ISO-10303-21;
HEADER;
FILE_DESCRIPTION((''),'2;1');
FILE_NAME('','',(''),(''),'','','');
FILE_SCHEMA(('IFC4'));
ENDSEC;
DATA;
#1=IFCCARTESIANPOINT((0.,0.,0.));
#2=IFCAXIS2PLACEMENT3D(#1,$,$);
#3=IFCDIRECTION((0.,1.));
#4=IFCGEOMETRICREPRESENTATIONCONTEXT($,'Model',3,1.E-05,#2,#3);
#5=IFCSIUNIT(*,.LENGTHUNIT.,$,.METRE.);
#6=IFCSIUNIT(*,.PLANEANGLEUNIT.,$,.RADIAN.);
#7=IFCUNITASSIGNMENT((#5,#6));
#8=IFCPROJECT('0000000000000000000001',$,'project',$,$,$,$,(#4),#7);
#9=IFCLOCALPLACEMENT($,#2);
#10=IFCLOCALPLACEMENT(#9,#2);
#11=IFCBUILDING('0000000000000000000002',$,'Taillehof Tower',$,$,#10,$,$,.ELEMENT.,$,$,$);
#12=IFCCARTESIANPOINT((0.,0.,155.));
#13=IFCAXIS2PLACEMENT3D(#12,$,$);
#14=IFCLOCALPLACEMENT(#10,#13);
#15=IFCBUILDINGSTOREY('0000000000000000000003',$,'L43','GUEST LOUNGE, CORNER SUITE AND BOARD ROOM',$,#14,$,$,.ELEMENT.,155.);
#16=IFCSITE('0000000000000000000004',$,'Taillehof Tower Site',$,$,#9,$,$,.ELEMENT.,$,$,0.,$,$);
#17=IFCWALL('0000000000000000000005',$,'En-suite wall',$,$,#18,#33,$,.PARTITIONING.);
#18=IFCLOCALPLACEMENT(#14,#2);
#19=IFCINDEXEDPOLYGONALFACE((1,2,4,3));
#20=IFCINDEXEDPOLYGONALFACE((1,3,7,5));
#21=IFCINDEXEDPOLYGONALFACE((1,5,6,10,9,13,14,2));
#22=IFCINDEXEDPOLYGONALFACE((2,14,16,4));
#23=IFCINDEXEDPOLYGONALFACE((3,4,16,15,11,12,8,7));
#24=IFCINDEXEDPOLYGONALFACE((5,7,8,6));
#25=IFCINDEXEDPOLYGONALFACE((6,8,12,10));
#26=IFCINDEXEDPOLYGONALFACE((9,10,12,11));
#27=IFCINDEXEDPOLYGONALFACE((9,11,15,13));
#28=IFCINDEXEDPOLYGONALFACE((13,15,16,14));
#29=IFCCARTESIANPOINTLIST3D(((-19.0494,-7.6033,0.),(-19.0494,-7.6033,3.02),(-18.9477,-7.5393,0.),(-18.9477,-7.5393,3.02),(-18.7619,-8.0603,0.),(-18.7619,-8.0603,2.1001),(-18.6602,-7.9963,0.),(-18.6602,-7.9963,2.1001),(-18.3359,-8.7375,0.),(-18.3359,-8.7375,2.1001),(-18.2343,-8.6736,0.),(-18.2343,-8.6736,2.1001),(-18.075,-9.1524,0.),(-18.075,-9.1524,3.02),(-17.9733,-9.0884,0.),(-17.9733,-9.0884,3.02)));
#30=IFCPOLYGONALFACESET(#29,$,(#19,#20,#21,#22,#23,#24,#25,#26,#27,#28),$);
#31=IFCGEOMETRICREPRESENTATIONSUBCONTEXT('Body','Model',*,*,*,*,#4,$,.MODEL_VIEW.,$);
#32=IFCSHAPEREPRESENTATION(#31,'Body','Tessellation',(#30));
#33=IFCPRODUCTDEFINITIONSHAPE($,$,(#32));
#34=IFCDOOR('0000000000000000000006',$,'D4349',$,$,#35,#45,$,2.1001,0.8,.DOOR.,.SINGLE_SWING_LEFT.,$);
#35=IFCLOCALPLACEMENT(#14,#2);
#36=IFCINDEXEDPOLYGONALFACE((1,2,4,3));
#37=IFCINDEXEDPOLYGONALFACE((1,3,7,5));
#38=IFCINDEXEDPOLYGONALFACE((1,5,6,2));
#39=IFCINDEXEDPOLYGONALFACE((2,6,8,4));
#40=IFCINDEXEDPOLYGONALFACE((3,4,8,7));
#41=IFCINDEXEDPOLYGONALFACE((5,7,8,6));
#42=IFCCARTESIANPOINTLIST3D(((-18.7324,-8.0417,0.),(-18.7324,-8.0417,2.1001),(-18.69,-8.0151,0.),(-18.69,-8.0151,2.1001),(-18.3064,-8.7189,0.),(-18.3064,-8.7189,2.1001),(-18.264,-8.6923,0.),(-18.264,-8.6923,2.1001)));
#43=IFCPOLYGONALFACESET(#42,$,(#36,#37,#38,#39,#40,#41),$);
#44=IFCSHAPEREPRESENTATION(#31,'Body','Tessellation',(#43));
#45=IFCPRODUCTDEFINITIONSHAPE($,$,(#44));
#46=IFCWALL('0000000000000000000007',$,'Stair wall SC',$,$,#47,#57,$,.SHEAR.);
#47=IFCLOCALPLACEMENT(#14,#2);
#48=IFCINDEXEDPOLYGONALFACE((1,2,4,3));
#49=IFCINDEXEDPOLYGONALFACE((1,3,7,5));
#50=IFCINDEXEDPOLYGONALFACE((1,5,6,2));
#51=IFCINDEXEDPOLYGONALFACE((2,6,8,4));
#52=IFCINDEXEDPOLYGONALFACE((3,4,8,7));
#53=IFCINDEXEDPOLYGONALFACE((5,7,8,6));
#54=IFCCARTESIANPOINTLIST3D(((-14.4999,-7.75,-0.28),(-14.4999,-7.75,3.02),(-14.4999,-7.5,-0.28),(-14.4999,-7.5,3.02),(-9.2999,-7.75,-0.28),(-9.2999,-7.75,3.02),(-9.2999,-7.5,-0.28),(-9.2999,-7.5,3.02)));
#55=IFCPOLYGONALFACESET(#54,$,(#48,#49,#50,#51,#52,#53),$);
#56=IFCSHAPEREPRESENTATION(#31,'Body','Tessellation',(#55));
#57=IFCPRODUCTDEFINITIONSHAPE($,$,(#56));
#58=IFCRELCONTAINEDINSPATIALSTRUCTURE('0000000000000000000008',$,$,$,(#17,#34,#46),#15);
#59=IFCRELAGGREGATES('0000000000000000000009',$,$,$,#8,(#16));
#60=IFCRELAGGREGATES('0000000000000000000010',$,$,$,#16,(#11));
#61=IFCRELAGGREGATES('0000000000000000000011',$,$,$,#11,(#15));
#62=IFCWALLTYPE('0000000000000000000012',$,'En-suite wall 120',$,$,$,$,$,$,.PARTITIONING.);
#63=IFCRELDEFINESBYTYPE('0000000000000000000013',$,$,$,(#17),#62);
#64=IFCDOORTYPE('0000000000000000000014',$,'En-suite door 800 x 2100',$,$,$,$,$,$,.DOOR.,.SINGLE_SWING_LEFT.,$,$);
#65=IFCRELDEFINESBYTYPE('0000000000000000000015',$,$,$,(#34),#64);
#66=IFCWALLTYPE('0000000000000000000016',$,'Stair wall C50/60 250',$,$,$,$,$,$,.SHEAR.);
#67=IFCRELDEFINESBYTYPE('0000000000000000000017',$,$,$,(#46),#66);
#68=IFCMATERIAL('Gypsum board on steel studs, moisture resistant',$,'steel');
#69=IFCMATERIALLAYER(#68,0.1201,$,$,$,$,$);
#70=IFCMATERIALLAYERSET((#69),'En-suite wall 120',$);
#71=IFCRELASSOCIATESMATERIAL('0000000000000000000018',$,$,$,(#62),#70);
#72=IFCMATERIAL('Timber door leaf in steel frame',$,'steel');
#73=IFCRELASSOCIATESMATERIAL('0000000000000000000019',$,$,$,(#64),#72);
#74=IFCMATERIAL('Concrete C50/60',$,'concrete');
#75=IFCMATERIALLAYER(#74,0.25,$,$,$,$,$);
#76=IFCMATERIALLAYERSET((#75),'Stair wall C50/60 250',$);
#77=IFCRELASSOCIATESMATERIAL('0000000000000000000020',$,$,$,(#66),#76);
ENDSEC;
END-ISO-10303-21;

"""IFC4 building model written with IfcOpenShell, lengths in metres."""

from ifc_helpers import new_model, si_unit, direction, frame, frame_2d, origin, place, context, subcontext, project, spatial, rectangle, extrude, material, layer, layer_set, type_object, element, fill, save


model = new_model("IFC4")

# Units and contexts
model_context = context("Model", 3, precision=1e-05, world=origin(), true_north=direction((0.0, 1.0)))
body_context = subcontext(model_context, "Body", "Model", "MODEL_VIEW")
ifc_project = project(units=[si_unit("LENGTHUNIT", "METRE"), si_unit("PLANEANGLEUNIT", "RADIAN")], contexts=[model_context])

# Site, building, storey
site_placement = place(None, origin())
site = spatial("IfcSite", under=ifc_project, at=site_placement, Name="Taillehof Tower Site", CompositionType="ELEMENT", RefElevation=0.0)
building_placement = place(site_placement, origin())
building = spatial("IfcBuilding", under=site, at=building_placement, Name="Taillehof Tower", CompositionType="ELEMENT")
storey_placement = place(building_placement, frame((0.0, 0.0, 155.0)))
storey = spatial("IfcBuildingStorey", under=building, at=storey_placement, Name="L43", Description="GUEST LOUNGE, CORNER SUITE AND BOARD ROOM", CompositionType="ELEMENT", Elevation=155.0)

# Shared definitions
ifc_material_1 = material(Name="Gypsum board on steel studs, moisture resistant", Category="steel")
ifc_layer_1 = layer(ifc_material_1, 0.1201)
ifc_layer_set_1 = layer_set([ifc_layer_1], Name="En-suite wall 120")
wall_type_1 = type_object("IfcWallType", Name="En-suite wall 120", PredefinedType="PARTITIONING", material=ifc_layer_set_1)

# Wall, opening, door
wall_1_placement = place(storey_placement, frame((-18.9985, -7.5713, 0.0), z_axis=(0.0, 0.0, 1.0), x_axis=(0.532431, -0.846473, 0.0)))
wall_1 = element("IfcWall", 1, at=wall_1_placement, inside=storey, type_object=wall_type_1, Name="En-suite wall", PredefinedType="PARTITIONING", context=body_context, shape_type="SweptSolid", body=[
    extrude(rectangle(XDim=1.8301, YDim=0.1201, at=frame_2d((0.915, 0.0))), origin(), (0.0, 0.0, 1.0), 3.02),
])
opening_1_placement = place(wall_1_placement, frame((0.54, 0.0, 0.0)))
opening_1 = element("IfcOpeningElement", 2, at=opening_1_placement, cuts=wall_1, PredefinedType="OPENING", context=body_context, shape_type="SweptSolid", body=[
    extrude(rectangle(XDim=0.8, YDim=2.1001, at=frame_2d((0.3999, 1.05))), frame((0.0, 0.0701, 0.0), z_axis=(0.0, -1.0, 0.0), x_axis=(1.0, 0.0, 0.0)), (0.0, 0.0, 1.0), 0.1401),
])
ifc_material_2 = material(Name="Timber door leaf in steel frame", Category="steel")
door_type_1 = type_object("IfcDoorType", Name="En-suite door 800 x 2100", OperationType="SINGLE_SWING_LEFT", PredefinedType="DOOR", material=ifc_material_2)
door_1_placement = place(opening_1_placement, origin())
door_1 = element("IfcDoor", 3, at=door_1_placement, inside=storey, type_object=door_type_1, Name="D4349", OperationType="SINGLE_SWING_LEFT", OverallHeight=2.1001, OverallWidth=0.8, PredefinedType="DOOR", context=body_context, shape_type="SweptSolid", body=[
    extrude(rectangle(XDim=0.8, YDim=2.1001, at=frame_2d((0.3999, 1.05))), frame((0.0, 0.0249, 0.0), z_axis=(0.0, -1.0, 0.0), x_axis=(1.0, 0.0, 0.0)), (0.0, 0.0, 1.0), 0.05),
])
fill(opening_1, door_1)

# Wall
ifc_material_3 = material(Name="Concrete C50/60", Category="concrete")
ifc_layer_2 = layer(ifc_material_3, 0.25)
ifc_layer_set_2 = layer_set([ifc_layer_2], Name="Stair wall C50/60 250")
wall_type_2 = type_object("IfcWallType", Name="Stair wall C50/60 250", PredefinedType="SHEAR", material=ifc_layer_set_2)
wall_2_placement = place(storey_placement, frame((-14.5, -7.625, -0.28), z_axis=(0.0, 0.0, 1.0), x_axis=(1.0, 0.0, 0.0)))
element("IfcWall", 4, at=wall_2_placement, inside=storey, type_object=wall_type_2, Name="Stair wall SC", PredefinedType="SHEAR", context=body_context, shape_type="SweptSolid", body=[
    extrude(rectangle(XDim=5.2, YDim=0.25, at=frame_2d((2.6001, 0.0))), origin(), (0.0, 0.0, 1.0), 3.3),
])

save(model, "model.ifc")
